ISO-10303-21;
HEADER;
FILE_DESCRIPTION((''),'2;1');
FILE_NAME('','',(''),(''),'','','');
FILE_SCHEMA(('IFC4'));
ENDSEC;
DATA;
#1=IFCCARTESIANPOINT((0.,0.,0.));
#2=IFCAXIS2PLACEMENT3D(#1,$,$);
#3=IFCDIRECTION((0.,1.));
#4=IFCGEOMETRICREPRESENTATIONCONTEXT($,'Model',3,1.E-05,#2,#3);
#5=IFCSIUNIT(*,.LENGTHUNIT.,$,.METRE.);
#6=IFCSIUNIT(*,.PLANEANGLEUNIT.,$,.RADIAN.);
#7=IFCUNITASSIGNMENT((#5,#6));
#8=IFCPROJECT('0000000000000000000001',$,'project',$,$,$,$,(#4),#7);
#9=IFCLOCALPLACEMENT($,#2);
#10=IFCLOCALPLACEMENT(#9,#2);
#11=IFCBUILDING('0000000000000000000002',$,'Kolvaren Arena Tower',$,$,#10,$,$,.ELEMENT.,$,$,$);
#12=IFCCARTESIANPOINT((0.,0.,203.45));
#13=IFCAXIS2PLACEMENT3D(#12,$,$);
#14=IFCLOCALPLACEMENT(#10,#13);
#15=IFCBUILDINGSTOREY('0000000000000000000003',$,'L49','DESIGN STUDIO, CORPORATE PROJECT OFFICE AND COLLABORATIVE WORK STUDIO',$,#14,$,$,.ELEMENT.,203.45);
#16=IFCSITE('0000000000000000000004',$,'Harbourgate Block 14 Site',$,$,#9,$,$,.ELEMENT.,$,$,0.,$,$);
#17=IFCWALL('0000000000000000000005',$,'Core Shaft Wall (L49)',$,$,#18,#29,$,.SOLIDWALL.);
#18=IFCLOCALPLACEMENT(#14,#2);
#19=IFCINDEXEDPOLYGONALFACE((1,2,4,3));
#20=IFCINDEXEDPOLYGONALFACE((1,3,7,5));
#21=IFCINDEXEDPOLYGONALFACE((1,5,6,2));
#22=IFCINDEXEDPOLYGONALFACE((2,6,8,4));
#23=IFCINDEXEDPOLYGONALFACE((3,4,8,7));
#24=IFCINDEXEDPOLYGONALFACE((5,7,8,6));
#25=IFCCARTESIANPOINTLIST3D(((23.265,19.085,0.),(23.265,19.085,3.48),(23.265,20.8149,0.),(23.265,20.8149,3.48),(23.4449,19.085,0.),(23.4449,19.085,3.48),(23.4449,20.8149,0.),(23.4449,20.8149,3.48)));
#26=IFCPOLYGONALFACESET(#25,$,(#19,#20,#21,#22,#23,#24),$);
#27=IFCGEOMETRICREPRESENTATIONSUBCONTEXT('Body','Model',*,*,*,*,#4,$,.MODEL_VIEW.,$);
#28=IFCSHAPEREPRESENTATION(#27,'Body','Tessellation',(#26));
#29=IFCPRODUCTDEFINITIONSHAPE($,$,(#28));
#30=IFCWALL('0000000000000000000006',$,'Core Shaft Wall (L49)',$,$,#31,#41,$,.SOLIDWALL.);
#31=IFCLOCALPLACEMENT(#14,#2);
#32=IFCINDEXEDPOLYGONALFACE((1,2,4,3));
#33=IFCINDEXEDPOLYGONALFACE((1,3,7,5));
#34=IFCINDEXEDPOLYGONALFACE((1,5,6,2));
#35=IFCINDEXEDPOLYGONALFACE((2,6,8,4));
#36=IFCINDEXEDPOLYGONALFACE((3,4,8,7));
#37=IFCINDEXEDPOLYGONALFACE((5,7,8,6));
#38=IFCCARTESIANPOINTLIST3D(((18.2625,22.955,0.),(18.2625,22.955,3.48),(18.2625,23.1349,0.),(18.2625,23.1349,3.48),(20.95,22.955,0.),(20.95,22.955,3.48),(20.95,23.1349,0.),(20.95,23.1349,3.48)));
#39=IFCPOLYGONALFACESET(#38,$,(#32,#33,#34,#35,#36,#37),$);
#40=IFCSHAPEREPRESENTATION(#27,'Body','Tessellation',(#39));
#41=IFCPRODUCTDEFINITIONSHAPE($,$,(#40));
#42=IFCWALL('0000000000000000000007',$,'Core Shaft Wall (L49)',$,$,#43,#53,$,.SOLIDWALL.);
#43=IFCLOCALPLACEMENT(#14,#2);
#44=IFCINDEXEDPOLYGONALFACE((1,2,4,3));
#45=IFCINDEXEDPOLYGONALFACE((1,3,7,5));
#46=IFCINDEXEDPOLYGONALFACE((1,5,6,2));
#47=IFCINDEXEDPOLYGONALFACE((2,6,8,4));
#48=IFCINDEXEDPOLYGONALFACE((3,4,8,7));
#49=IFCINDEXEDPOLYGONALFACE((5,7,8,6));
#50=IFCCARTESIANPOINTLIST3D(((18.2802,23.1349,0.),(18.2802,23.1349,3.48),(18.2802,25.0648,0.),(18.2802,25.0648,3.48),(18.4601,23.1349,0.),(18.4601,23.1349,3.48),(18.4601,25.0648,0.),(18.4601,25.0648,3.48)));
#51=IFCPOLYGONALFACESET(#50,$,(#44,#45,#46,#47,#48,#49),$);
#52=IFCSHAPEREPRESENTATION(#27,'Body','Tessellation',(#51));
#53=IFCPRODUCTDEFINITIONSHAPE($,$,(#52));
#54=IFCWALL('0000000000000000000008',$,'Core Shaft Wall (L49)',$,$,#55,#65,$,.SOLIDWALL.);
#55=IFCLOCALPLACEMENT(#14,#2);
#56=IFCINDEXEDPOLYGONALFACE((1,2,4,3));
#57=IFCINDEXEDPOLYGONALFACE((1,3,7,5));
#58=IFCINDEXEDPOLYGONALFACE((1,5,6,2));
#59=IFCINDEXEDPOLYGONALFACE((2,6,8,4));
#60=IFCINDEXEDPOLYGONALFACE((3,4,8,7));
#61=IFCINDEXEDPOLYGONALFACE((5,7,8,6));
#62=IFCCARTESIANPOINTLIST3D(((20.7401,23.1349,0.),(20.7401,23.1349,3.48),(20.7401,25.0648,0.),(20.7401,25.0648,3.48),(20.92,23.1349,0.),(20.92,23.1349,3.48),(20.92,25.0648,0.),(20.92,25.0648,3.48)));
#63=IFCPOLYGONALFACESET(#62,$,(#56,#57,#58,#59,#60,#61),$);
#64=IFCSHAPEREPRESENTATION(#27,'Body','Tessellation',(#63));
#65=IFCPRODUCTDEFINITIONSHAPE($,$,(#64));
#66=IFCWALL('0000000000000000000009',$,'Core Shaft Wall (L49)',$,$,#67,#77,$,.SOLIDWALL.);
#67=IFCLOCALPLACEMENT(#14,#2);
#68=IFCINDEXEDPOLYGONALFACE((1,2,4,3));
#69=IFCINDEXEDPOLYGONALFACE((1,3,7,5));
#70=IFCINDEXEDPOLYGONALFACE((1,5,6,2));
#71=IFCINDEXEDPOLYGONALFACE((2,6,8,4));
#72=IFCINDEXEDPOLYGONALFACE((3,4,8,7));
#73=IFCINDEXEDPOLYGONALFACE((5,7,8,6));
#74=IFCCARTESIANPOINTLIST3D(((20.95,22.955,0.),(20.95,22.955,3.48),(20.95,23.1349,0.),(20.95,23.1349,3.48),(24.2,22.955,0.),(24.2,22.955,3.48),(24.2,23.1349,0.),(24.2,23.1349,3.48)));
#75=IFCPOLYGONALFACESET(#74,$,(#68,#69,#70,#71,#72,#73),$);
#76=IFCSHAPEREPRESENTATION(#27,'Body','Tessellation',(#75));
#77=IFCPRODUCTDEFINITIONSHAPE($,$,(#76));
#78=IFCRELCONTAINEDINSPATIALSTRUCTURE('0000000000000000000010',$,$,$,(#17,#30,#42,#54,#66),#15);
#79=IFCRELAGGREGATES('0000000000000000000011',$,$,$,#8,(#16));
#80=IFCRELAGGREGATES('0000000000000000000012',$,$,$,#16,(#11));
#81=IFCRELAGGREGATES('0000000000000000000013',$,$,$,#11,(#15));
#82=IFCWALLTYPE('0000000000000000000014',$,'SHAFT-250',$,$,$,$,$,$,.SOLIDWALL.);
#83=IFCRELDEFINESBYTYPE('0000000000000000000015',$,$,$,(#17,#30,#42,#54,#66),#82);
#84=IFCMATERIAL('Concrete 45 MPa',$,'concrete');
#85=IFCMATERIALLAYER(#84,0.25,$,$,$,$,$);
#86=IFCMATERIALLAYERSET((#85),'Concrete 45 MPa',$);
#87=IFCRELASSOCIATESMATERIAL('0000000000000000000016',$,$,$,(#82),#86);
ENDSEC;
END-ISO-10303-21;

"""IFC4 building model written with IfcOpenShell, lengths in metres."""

from ifc_helpers import new_model, si_unit, direction, frame, frame_2d, origin, place, context, subcontext, project, spatial, rectangle, extrude, material, layer, layer_set, type_object, element, save


model = new_model("IFC4")

# Units and contexts
model_context = context("Model", 3, precision=1e-05, world=origin(), true_north=direction((0.0, 1.0)))
body_context = subcontext(model_context, "Body", "Model", "MODEL_VIEW")
ifc_project = project(units=[si_unit("LENGTHUNIT", "METRE"), si_unit("PLANEANGLEUNIT", "RADIAN")], contexts=[model_context])

# Site, building, storey
site_placement = place(None, origin())
site = spatial("IfcSite", under=ifc_project, at=site_placement, Name="Harbourgate Block 14 Site", CompositionType="ELEMENT", RefElevation=0.0)
building_placement = place(site_placement, origin())
building = spatial("IfcBuilding", under=site, at=building_placement, Name="Kolvaren Arena Tower", CompositionType="ELEMENT")
storey_placement = place(building_placement, frame((0.0, 0.0, 203.45)))
storey = spatial("IfcBuildingStorey", under=building, at=storey_placement, Name="L49", Description="DESIGN STUDIO, CORPORATE PROJECT OFFICE AND COLLABORATIVE WORK STUDIO", CompositionType="ELEMENT", Elevation=203.45)

# Shared definitions
ifc_material_1 = material(Name="Concrete 45 MPa", Category="concrete")
ifc_layer_1 = layer(ifc_material_1, 0.25)
ifc_layer_set_1 = layer_set([ifc_layer_1], Name="Concrete 45 MPa")
wall_type_1 = type_object("IfcWallType", Name="SHAFT-250", PredefinedType="SOLIDWALL", material=ifc_layer_set_1)

# Walls
for number, where, z_axis, x_axis, name in (
    (1, (23.355, 19.085, 0.0), (0.0, 0.0, 1.0), (0.0, 1.0, 0.0), "Core Shaft Wall (L49)"),
):
    element("IfcWall", number, at=place(storey_placement, frame(where, z_axis=z_axis, x_axis=x_axis)), inside=storey, type_object=wall_type_1, Name=name, PredefinedType="SOLIDWALL", context=body_context, shape_type="SweptSolid", body=[
        extrude(rectangle(XDim=1.73, YDim=0.1799, at=frame_2d((0.865, 0.0))), origin(), (0.0, 0.0, 1.0), 3.48),
    ])
wall_1_placement = place(storey_placement, frame((18.2625, 23.0449, 0.0), z_axis=(0.0, 0.0, 1.0), x_axis=(1.0, 0.0, 0.0)))
element("IfcWall", 2, at=wall_1_placement, inside=storey, type_object=wall_type_1, Name="Core Shaft Wall (L49)", PredefinedType="SOLIDWALL", context=body_context, shape_type="SweptSolid", body=[
    extrude(rectangle(XDim=2.6875, YDim=0.1799, at=frame_2d((1.3438, 0.0))), origin(), (0.0, 0.0, 1.0), 3.48),
])
for number, where, z_axis, x_axis, name in (
    (3, (18.3701, 23.135, 0.0), (0.0, 0.0, 1.0), (0.0, 1.0, 0.0), "Core Shaft Wall (L49)"),
    (4, (20.8301, 23.135, 0.0), (0.0, 0.0, 1.0), (0.0, 1.0, 0.0), "Core Shaft Wall (L49)"),
):
    element("IfcWall", number, at=place(storey_placement, frame(where, z_axis=z_axis, x_axis=x_axis)), inside=storey, type_object=wall_type_1, Name=name, PredefinedType="SOLIDWALL", context=body_context, shape_type="SweptSolid", body=[
        extrude(rectangle(XDim=1.9299, YDim=0.1799, at=frame_2d((0.9648, 0.0))), origin(), (0.0, 0.0, 1.0), 3.48),
    ])
wall_2_placement = place(storey_placement, frame((20.95, 23.0449, 0.0), z_axis=(0.0, 0.0, 1.0), x_axis=(1.0, 0.0, 0.0)))
element("IfcWall", 5, at=wall_2_placement, inside=storey, type_object=wall_type_1, Name="Core Shaft Wall (L49)", PredefinedType="SOLIDWALL", context=body_context, shape_type="SweptSolid", body=[
    extrude(rectangle(XDim=3.25, YDim=0.1799, at=frame_2d((1.625, 0.0))), origin(), (0.0, 0.0, 1.0), 3.48),
])

save(model, "model.ifc")
